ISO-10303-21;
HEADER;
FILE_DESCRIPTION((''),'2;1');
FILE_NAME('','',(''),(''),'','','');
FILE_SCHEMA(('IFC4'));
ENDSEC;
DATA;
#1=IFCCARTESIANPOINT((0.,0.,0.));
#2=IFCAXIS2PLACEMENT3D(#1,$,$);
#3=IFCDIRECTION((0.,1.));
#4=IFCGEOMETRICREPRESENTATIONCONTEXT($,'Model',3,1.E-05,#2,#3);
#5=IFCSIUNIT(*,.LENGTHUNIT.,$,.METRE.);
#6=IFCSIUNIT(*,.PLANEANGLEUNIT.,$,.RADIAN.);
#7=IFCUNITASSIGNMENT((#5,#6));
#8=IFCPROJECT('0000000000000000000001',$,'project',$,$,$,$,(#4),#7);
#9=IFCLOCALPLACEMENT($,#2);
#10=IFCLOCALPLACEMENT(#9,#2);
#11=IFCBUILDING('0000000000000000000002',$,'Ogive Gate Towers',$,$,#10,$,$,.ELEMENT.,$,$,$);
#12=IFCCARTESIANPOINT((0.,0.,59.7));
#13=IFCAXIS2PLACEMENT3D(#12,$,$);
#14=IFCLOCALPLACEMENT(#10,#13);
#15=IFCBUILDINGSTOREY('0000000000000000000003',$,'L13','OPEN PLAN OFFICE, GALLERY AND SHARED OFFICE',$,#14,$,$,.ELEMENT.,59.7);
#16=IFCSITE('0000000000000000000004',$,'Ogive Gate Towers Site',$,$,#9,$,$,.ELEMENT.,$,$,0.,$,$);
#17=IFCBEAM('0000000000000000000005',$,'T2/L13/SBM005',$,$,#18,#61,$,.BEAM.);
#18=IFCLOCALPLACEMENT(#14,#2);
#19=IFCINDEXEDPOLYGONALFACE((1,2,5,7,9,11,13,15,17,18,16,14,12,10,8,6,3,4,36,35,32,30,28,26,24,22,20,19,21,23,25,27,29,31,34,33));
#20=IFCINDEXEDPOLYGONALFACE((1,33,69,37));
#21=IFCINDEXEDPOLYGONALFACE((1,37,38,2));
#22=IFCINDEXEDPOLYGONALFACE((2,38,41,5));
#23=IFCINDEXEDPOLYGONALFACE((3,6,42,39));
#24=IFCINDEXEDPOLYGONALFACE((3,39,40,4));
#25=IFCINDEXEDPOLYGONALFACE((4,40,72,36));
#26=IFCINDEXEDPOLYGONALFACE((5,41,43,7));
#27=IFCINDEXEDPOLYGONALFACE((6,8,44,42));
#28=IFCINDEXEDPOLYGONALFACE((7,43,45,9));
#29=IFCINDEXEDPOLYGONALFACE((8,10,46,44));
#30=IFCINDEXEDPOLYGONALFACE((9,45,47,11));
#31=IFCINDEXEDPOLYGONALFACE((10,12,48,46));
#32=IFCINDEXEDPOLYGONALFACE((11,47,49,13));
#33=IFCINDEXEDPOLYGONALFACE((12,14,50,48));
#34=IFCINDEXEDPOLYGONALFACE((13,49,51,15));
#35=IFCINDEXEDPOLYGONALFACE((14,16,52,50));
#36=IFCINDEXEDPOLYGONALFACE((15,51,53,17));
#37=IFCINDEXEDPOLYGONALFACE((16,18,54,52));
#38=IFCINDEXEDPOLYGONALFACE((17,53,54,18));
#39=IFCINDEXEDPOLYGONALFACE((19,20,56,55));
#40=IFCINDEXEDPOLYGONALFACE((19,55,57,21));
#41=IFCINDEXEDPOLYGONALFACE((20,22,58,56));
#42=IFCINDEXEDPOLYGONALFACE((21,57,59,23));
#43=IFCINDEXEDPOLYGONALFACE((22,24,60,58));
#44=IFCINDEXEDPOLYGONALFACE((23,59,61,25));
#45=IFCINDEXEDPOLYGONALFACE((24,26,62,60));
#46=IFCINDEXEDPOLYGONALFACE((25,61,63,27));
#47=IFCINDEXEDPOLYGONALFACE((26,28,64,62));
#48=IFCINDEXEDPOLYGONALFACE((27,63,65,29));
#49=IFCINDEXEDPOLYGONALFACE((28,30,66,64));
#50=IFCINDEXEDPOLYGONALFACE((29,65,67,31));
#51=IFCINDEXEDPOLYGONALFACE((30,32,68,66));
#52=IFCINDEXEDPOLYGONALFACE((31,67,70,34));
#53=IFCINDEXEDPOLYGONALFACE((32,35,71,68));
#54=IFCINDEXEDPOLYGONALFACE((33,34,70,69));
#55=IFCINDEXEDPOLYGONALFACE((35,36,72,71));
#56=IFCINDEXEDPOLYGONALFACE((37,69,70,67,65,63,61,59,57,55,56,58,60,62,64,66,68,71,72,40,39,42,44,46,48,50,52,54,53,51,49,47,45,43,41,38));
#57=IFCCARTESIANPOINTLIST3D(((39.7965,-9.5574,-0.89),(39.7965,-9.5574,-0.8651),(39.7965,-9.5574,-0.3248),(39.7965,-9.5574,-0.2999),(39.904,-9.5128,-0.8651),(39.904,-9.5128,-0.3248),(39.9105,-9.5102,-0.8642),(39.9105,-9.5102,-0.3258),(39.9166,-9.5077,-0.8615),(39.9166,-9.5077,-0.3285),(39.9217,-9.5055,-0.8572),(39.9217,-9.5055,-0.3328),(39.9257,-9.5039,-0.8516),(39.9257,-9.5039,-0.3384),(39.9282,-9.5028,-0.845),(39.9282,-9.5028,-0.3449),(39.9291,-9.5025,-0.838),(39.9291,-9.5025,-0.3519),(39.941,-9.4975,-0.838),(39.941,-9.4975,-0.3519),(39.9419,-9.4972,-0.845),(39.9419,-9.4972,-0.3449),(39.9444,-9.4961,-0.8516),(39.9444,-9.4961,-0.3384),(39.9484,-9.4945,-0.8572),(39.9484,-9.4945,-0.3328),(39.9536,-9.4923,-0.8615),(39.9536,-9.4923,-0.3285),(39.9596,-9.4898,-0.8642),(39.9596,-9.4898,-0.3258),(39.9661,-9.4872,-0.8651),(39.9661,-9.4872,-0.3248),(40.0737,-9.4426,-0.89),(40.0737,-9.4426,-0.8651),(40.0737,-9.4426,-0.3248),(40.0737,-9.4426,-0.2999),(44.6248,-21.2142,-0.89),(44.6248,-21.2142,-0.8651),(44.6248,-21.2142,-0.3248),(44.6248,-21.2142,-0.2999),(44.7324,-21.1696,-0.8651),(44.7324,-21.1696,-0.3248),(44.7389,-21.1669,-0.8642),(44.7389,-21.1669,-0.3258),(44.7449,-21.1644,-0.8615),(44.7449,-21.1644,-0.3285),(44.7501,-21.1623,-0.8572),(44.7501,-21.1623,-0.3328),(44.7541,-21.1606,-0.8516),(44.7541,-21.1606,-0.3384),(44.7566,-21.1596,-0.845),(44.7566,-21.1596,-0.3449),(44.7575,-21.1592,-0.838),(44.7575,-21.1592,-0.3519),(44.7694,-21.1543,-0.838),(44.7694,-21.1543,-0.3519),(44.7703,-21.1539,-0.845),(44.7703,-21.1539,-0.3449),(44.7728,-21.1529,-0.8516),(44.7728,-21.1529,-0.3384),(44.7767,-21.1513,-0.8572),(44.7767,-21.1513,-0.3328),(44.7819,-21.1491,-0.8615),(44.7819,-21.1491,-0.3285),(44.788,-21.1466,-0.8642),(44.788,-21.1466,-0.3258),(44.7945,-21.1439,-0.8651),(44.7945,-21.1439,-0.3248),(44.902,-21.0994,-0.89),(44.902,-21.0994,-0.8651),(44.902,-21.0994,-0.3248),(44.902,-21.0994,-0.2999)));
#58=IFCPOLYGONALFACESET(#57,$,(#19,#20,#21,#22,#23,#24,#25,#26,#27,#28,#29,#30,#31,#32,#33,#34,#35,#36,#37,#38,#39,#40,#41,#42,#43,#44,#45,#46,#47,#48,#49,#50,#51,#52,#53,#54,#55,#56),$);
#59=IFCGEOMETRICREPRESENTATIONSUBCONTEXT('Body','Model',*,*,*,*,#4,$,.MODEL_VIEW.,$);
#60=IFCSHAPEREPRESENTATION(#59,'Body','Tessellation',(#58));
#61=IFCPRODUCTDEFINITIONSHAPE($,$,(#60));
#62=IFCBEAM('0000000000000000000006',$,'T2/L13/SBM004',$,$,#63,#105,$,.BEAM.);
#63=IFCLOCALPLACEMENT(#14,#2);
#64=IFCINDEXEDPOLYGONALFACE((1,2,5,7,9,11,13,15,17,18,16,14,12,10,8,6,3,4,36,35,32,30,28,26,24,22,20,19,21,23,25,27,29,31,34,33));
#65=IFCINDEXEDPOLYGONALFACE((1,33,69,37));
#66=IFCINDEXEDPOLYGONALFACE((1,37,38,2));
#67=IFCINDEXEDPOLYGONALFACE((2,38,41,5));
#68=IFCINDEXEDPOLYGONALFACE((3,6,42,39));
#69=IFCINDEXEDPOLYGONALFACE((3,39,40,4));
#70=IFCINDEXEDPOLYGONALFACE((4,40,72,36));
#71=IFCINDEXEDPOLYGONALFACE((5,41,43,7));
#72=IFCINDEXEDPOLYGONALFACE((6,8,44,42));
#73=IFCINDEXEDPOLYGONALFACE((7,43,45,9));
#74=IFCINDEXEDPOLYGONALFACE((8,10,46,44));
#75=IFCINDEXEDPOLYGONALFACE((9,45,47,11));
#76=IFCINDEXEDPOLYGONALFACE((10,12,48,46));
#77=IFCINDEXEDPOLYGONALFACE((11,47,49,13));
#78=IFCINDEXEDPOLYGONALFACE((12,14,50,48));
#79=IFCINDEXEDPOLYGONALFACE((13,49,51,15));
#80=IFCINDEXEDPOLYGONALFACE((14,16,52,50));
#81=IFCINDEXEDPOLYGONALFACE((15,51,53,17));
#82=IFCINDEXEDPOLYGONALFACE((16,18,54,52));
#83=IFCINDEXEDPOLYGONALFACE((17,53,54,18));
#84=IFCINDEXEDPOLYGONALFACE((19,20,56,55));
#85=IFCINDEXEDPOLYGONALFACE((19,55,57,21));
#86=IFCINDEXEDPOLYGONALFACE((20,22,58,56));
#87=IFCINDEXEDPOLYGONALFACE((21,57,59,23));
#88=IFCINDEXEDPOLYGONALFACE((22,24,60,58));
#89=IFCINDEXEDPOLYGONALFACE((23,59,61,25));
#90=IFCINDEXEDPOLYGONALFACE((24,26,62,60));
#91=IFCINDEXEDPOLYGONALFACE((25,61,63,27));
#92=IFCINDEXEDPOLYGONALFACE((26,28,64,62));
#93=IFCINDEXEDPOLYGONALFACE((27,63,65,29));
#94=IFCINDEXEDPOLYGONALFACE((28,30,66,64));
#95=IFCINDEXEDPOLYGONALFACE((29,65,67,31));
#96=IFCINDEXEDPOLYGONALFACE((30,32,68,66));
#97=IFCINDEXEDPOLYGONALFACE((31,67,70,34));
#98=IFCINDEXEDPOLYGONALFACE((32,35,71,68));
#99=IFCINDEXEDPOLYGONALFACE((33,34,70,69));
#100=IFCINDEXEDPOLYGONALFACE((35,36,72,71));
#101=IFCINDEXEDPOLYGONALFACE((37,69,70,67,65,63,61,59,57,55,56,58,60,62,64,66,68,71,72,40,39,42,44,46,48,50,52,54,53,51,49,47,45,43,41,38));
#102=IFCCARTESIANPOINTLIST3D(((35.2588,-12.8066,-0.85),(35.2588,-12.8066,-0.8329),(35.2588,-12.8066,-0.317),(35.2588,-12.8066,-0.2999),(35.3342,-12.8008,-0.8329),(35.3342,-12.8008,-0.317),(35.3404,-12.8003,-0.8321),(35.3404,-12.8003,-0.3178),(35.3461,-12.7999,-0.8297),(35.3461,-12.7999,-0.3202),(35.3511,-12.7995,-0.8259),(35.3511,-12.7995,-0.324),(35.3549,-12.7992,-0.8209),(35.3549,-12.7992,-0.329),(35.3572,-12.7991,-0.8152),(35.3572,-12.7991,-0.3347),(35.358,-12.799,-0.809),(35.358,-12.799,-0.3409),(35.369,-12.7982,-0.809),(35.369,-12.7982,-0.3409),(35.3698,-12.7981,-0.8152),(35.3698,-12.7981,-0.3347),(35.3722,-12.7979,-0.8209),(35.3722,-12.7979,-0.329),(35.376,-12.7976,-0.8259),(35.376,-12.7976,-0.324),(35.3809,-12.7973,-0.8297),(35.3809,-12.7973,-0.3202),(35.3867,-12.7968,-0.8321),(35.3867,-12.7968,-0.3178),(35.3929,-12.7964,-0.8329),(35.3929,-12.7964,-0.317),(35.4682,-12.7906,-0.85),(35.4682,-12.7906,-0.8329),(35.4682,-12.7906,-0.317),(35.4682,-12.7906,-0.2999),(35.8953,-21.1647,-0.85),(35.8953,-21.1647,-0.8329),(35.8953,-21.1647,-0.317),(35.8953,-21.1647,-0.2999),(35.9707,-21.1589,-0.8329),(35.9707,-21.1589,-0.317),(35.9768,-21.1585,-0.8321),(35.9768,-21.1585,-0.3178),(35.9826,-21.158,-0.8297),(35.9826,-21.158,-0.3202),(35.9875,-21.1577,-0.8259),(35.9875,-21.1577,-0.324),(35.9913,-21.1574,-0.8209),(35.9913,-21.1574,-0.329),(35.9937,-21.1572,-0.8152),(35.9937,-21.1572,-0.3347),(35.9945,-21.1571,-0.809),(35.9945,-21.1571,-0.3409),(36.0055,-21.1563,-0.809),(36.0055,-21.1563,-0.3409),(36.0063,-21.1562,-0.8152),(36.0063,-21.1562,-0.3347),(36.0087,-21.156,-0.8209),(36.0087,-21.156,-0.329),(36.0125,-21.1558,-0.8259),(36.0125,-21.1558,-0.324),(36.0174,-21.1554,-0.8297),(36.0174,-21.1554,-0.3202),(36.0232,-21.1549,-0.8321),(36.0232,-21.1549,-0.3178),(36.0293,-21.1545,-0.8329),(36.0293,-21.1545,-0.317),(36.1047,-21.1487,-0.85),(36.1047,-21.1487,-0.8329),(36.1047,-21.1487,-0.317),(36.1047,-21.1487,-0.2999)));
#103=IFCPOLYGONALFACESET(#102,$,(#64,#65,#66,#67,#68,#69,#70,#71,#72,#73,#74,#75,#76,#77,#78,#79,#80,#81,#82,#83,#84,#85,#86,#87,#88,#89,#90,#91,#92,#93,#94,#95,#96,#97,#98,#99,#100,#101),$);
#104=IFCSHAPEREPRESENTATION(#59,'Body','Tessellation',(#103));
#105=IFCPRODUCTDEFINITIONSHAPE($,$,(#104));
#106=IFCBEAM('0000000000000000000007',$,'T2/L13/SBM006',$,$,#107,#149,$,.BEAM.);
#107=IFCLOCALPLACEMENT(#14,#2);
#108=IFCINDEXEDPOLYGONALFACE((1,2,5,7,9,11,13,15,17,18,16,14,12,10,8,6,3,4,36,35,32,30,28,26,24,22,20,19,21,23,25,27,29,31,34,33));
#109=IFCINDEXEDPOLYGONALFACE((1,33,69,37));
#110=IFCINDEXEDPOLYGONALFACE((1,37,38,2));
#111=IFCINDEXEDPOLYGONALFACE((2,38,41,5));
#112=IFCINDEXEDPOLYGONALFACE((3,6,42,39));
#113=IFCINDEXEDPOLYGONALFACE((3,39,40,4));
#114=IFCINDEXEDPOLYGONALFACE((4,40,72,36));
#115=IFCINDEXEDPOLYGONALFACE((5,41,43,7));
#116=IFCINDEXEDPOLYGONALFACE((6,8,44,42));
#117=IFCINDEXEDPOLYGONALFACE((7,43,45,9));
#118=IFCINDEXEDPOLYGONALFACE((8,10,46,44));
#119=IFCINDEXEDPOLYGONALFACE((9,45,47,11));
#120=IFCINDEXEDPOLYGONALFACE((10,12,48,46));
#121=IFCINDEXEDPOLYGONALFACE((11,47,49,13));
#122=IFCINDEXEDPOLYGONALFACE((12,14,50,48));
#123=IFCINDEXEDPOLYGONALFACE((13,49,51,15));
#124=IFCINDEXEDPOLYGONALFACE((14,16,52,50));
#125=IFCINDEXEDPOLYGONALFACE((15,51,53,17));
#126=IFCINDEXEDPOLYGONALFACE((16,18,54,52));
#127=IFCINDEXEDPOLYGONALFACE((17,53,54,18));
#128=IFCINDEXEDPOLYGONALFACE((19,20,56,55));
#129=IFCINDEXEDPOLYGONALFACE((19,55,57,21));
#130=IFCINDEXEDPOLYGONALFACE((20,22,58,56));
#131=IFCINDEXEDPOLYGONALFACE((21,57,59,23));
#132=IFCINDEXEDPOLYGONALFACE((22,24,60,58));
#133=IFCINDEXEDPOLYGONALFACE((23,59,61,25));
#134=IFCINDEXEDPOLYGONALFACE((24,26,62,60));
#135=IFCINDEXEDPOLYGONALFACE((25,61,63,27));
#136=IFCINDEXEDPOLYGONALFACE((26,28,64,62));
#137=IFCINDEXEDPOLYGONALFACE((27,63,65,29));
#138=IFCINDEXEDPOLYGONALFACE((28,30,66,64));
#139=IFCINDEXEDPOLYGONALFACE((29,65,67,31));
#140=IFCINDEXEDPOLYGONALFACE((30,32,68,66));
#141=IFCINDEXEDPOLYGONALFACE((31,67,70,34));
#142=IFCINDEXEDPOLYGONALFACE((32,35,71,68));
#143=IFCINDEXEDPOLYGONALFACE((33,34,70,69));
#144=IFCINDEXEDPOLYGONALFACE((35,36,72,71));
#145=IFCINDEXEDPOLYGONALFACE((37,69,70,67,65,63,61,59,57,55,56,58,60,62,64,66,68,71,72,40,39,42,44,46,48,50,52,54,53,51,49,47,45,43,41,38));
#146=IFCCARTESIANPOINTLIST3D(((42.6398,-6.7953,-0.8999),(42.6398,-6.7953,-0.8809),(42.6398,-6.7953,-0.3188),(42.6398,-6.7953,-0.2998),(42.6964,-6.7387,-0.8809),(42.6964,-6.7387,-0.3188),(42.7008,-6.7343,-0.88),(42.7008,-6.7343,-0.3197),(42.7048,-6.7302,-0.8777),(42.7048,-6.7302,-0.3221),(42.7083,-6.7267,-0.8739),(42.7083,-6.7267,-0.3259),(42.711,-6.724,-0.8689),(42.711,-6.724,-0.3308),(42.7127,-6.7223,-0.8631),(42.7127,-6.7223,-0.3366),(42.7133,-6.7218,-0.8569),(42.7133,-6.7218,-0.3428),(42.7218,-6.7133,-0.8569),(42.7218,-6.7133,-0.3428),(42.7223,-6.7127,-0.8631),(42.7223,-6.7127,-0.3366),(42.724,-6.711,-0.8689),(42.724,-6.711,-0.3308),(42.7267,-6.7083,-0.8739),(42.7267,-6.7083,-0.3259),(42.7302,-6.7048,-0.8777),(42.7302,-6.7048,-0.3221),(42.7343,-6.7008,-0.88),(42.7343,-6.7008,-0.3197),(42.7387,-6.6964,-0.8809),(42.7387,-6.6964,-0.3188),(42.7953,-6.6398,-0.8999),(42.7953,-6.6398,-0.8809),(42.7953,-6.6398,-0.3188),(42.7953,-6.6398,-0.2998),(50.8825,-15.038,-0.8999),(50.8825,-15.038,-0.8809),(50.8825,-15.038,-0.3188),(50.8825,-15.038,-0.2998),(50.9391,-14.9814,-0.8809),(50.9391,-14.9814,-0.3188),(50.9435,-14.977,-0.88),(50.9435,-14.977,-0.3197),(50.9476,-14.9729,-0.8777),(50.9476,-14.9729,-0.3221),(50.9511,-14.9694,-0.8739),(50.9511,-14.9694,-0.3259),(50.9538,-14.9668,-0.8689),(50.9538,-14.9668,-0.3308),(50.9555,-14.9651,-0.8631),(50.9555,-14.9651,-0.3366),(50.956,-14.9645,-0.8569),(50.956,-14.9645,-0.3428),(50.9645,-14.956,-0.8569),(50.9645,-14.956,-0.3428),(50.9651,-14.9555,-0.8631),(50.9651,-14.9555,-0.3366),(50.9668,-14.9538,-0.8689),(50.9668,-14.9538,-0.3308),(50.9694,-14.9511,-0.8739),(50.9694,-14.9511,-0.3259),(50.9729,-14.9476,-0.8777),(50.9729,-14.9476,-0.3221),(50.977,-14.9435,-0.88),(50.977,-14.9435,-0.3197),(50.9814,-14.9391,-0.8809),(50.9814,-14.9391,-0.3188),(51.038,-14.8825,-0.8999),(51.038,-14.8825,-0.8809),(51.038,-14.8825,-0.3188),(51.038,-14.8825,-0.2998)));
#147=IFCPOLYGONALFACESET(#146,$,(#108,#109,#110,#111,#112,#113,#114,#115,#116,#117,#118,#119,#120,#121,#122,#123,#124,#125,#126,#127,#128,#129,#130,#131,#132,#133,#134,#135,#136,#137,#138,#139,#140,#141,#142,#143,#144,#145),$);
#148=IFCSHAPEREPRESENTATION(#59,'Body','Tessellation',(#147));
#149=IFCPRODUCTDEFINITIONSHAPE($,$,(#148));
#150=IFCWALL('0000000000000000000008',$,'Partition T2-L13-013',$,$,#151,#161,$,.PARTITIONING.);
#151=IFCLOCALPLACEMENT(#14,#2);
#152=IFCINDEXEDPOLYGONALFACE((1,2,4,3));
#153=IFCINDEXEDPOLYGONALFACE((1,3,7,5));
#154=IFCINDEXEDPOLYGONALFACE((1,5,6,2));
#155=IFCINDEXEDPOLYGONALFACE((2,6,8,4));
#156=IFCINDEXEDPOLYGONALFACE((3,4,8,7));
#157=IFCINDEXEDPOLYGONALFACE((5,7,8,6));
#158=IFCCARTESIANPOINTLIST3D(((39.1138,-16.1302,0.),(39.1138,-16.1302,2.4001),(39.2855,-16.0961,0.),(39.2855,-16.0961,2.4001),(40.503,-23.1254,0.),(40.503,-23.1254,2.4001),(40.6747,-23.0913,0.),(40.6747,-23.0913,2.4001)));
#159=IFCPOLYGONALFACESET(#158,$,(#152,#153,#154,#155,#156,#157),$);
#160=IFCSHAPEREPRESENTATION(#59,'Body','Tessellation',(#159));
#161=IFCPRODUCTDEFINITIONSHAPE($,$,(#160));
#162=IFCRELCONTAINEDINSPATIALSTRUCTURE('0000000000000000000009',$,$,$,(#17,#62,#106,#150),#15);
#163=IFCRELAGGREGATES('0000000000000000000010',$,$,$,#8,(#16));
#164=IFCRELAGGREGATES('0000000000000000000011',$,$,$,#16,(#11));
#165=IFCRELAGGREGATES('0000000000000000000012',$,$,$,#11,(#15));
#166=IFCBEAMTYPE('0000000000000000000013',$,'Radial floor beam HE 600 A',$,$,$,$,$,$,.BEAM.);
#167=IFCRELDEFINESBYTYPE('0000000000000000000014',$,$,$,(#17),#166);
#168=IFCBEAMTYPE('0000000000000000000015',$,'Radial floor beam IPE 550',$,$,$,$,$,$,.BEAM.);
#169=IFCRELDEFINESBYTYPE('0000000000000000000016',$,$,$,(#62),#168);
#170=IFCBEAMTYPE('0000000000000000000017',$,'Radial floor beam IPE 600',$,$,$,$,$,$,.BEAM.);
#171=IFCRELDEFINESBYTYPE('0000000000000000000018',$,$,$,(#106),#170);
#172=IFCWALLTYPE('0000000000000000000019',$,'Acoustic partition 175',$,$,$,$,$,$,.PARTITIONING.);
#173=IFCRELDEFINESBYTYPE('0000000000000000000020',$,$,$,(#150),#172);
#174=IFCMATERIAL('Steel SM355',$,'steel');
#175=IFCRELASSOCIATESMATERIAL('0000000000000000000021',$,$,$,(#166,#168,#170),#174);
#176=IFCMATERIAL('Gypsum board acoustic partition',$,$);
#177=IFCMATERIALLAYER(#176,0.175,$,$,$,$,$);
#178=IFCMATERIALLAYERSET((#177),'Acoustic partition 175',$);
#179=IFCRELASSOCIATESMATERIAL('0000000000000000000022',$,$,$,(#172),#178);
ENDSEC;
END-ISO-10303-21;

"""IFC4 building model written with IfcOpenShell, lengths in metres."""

from ifc_helpers import new_model, si_unit, direction, frame, frame_2d, origin, origin_2d, place, context, subcontext, project, spatial, rectangle, i_section, extrude, material, layer, layer_set, material_profile, profile_set, type_object, element, save


model = new_model("IFC4")

# Units and contexts
model_context = context("Model", 3, precision=1e-05, world=origin(), true_north=direction((0.0, 1.0)))
body_context = subcontext(model_context, "Body", "Model", "MODEL_VIEW")
ifc_project = project(units=[si_unit("LENGTHUNIT", "METRE"), si_unit("PLANEANGLEUNIT", "RADIAN")], contexts=[model_context])

# Site, building, storey
site_placement = place(None, origin())
site = spatial("IfcSite", under=ifc_project, at=site_placement, Name="Ogive Gate Towers Site", CompositionType="ELEMENT", RefElevation=0.0)
building_placement = place(site_placement, origin())
building = spatial("IfcBuilding", under=site, at=building_placement, Name="Ogive Gate Towers", CompositionType="ELEMENT")
storey_placement = place(building_placement, frame((0.0, 0.0, 59.7)))
storey = spatial("IfcBuildingStorey", under=building, at=storey_placement, Name="L13", Description="OPEN PLAN OFFICE, GALLERY AND SHARED OFFICE", CompositionType="ELEMENT", Elevation=59.7)

# Beams
ifc_material_1 = material(Name="Steel SM355", Category="steel")
ifc_material_profile_1 = material_profile(ifc_material_1, i_section(OverallWidth=0.3, OverallDepth=0.5901, WebThickness=0.0129, FlangeThickness=0.0249, FilletRadius=0.0271, at=origin_2d()), Name="HE 600 A")
ifc_profile_set_1 = profile_set([ifc_material_profile_1], Name="Steel SM355")
beam_type_1 = type_object("IfcBeamType", Name="Radial floor beam HE 600 A", PredefinedType="BEAM", material=ifc_profile_set_1)
beam_1_placement = place(storey_placement, frame((39.9351, -9.5, -0.595), z_axis=(0.382683, -0.92388, 0.0), x_axis=(0.92388, 0.382683, 0.0)))
element("IfcBeam", 1, at=beam_1_placement, inside=storey, type_object=beam_type_1, Name="T2/L13/SBM005", PredefinedType="BEAM", context=body_context, shape_type="SweptSolid", body=[
    extrude(i_section(OverallWidth=0.3, OverallDepth=0.5901, WebThickness=0.0129, FlangeThickness=0.0249, FilletRadius=0.0271, at=origin_2d()), origin(), (0.0, 0.0, 1.0), 12.6172),
])
ifc_material_profile_2 = material_profile(ifc_material_1, i_section(OverallWidth=0.21, OverallDepth=0.55, WebThickness=0.011, FlangeThickness=0.0171, FilletRadius=0.0239, at=origin_2d()), Name="IPE 550")
ifc_profile_set_2 = profile_set([ifc_material_profile_2], Name="Steel SM355")
beam_type_2 = type_object("IfcBeamType", Name="Radial floor beam IPE 550", PredefinedType="BEAM", material=ifc_profile_set_2)
beam_2_placement = place(storey_placement, frame((35.3635, -12.7986, -0.575), z_axis=(0.07593, -0.997113, 0.0), x_axis=(0.997113, 0.07593, 0.0)))
element("IfcBeam", 2, at=beam_2_placement, inside=storey, type_object=beam_type_2, Name="T2/L13/SBM004", PredefinedType="BEAM", context=body_context, shape_type="SweptSolid", body=[
    extrude(i_section(OverallWidth=0.21, OverallDepth=0.55, WebThickness=0.011, FlangeThickness=0.0171, FilletRadius=0.0239, at=origin_2d()), origin(), (0.0, 0.0, 1.0), 8.3823),
])
ifc_material_profile_3 = material_profile(ifc_material_1, i_section(OverallWidth=0.22, OverallDepth=0.6001, WebThickness=0.012, FlangeThickness=0.019, FilletRadius=0.0239, at=origin_2d()), Name="IPE 600")
ifc_profile_set_3 = profile_set([ifc_material_profile_3], Name="Steel SM355")
beam_type_3 = type_object("IfcBeamType", Name="Radial floor beam IPE 600", PredefinedType="BEAM", material=ifc_profile_set_3)
beam_3_placement = place(storey_placement, frame((42.7175, -6.7175, -0.5999), z_axis=(0.707107, -0.707107, 0.0), x_axis=(0.707107, 0.707107, 0.0)))
element("IfcBeam", 3, at=beam_3_placement, inside=storey, type_object=beam_type_3, Name="T2/L13/SBM006", PredefinedType="BEAM", context=body_context, shape_type="SweptSolid", body=[
    extrude(i_section(OverallWidth=0.22, OverallDepth=0.6001, WebThickness=0.012, FlangeThickness=0.019, FilletRadius=0.0239, at=origin_2d()), origin(), (0.0, 0.0, 1.0), 11.657),
])

# Wall
ifc_material_2 = material(Name="Gypsum board acoustic partition")
ifc_layer_1 = layer(ifc_material_2, 0.175)
ifc_layer_set_1 = layer_set([ifc_layer_1], Name="Acoustic partition 175")
wall_type_1 = type_object("IfcWallType", Name="Acoustic partition 175", PredefinedType="PARTITIONING", material=ifc_layer_set_1)
wall_1_placement = place(storey_placement, frame((40.5889, -23.1084, 0.0), z_axis=(0.0, 0.0, 1.0), x_axis=(-0.194786, 0.980846, 0.0)))
element("IfcWall", 4, at=wall_1_placement, inside=storey, type_object=wall_type_1, Name="Partition T2-L13-013", PredefinedType="PARTITIONING", context=body_context, shape_type="SweptSolid", body=[
    extrude(rectangle(XDim=7.1318, YDim=0.175, at=frame_2d((3.5659, 0.0))), origin(), (0.0, 0.0, 1.0), 2.4001),
])

save(model, "model.ifc")
